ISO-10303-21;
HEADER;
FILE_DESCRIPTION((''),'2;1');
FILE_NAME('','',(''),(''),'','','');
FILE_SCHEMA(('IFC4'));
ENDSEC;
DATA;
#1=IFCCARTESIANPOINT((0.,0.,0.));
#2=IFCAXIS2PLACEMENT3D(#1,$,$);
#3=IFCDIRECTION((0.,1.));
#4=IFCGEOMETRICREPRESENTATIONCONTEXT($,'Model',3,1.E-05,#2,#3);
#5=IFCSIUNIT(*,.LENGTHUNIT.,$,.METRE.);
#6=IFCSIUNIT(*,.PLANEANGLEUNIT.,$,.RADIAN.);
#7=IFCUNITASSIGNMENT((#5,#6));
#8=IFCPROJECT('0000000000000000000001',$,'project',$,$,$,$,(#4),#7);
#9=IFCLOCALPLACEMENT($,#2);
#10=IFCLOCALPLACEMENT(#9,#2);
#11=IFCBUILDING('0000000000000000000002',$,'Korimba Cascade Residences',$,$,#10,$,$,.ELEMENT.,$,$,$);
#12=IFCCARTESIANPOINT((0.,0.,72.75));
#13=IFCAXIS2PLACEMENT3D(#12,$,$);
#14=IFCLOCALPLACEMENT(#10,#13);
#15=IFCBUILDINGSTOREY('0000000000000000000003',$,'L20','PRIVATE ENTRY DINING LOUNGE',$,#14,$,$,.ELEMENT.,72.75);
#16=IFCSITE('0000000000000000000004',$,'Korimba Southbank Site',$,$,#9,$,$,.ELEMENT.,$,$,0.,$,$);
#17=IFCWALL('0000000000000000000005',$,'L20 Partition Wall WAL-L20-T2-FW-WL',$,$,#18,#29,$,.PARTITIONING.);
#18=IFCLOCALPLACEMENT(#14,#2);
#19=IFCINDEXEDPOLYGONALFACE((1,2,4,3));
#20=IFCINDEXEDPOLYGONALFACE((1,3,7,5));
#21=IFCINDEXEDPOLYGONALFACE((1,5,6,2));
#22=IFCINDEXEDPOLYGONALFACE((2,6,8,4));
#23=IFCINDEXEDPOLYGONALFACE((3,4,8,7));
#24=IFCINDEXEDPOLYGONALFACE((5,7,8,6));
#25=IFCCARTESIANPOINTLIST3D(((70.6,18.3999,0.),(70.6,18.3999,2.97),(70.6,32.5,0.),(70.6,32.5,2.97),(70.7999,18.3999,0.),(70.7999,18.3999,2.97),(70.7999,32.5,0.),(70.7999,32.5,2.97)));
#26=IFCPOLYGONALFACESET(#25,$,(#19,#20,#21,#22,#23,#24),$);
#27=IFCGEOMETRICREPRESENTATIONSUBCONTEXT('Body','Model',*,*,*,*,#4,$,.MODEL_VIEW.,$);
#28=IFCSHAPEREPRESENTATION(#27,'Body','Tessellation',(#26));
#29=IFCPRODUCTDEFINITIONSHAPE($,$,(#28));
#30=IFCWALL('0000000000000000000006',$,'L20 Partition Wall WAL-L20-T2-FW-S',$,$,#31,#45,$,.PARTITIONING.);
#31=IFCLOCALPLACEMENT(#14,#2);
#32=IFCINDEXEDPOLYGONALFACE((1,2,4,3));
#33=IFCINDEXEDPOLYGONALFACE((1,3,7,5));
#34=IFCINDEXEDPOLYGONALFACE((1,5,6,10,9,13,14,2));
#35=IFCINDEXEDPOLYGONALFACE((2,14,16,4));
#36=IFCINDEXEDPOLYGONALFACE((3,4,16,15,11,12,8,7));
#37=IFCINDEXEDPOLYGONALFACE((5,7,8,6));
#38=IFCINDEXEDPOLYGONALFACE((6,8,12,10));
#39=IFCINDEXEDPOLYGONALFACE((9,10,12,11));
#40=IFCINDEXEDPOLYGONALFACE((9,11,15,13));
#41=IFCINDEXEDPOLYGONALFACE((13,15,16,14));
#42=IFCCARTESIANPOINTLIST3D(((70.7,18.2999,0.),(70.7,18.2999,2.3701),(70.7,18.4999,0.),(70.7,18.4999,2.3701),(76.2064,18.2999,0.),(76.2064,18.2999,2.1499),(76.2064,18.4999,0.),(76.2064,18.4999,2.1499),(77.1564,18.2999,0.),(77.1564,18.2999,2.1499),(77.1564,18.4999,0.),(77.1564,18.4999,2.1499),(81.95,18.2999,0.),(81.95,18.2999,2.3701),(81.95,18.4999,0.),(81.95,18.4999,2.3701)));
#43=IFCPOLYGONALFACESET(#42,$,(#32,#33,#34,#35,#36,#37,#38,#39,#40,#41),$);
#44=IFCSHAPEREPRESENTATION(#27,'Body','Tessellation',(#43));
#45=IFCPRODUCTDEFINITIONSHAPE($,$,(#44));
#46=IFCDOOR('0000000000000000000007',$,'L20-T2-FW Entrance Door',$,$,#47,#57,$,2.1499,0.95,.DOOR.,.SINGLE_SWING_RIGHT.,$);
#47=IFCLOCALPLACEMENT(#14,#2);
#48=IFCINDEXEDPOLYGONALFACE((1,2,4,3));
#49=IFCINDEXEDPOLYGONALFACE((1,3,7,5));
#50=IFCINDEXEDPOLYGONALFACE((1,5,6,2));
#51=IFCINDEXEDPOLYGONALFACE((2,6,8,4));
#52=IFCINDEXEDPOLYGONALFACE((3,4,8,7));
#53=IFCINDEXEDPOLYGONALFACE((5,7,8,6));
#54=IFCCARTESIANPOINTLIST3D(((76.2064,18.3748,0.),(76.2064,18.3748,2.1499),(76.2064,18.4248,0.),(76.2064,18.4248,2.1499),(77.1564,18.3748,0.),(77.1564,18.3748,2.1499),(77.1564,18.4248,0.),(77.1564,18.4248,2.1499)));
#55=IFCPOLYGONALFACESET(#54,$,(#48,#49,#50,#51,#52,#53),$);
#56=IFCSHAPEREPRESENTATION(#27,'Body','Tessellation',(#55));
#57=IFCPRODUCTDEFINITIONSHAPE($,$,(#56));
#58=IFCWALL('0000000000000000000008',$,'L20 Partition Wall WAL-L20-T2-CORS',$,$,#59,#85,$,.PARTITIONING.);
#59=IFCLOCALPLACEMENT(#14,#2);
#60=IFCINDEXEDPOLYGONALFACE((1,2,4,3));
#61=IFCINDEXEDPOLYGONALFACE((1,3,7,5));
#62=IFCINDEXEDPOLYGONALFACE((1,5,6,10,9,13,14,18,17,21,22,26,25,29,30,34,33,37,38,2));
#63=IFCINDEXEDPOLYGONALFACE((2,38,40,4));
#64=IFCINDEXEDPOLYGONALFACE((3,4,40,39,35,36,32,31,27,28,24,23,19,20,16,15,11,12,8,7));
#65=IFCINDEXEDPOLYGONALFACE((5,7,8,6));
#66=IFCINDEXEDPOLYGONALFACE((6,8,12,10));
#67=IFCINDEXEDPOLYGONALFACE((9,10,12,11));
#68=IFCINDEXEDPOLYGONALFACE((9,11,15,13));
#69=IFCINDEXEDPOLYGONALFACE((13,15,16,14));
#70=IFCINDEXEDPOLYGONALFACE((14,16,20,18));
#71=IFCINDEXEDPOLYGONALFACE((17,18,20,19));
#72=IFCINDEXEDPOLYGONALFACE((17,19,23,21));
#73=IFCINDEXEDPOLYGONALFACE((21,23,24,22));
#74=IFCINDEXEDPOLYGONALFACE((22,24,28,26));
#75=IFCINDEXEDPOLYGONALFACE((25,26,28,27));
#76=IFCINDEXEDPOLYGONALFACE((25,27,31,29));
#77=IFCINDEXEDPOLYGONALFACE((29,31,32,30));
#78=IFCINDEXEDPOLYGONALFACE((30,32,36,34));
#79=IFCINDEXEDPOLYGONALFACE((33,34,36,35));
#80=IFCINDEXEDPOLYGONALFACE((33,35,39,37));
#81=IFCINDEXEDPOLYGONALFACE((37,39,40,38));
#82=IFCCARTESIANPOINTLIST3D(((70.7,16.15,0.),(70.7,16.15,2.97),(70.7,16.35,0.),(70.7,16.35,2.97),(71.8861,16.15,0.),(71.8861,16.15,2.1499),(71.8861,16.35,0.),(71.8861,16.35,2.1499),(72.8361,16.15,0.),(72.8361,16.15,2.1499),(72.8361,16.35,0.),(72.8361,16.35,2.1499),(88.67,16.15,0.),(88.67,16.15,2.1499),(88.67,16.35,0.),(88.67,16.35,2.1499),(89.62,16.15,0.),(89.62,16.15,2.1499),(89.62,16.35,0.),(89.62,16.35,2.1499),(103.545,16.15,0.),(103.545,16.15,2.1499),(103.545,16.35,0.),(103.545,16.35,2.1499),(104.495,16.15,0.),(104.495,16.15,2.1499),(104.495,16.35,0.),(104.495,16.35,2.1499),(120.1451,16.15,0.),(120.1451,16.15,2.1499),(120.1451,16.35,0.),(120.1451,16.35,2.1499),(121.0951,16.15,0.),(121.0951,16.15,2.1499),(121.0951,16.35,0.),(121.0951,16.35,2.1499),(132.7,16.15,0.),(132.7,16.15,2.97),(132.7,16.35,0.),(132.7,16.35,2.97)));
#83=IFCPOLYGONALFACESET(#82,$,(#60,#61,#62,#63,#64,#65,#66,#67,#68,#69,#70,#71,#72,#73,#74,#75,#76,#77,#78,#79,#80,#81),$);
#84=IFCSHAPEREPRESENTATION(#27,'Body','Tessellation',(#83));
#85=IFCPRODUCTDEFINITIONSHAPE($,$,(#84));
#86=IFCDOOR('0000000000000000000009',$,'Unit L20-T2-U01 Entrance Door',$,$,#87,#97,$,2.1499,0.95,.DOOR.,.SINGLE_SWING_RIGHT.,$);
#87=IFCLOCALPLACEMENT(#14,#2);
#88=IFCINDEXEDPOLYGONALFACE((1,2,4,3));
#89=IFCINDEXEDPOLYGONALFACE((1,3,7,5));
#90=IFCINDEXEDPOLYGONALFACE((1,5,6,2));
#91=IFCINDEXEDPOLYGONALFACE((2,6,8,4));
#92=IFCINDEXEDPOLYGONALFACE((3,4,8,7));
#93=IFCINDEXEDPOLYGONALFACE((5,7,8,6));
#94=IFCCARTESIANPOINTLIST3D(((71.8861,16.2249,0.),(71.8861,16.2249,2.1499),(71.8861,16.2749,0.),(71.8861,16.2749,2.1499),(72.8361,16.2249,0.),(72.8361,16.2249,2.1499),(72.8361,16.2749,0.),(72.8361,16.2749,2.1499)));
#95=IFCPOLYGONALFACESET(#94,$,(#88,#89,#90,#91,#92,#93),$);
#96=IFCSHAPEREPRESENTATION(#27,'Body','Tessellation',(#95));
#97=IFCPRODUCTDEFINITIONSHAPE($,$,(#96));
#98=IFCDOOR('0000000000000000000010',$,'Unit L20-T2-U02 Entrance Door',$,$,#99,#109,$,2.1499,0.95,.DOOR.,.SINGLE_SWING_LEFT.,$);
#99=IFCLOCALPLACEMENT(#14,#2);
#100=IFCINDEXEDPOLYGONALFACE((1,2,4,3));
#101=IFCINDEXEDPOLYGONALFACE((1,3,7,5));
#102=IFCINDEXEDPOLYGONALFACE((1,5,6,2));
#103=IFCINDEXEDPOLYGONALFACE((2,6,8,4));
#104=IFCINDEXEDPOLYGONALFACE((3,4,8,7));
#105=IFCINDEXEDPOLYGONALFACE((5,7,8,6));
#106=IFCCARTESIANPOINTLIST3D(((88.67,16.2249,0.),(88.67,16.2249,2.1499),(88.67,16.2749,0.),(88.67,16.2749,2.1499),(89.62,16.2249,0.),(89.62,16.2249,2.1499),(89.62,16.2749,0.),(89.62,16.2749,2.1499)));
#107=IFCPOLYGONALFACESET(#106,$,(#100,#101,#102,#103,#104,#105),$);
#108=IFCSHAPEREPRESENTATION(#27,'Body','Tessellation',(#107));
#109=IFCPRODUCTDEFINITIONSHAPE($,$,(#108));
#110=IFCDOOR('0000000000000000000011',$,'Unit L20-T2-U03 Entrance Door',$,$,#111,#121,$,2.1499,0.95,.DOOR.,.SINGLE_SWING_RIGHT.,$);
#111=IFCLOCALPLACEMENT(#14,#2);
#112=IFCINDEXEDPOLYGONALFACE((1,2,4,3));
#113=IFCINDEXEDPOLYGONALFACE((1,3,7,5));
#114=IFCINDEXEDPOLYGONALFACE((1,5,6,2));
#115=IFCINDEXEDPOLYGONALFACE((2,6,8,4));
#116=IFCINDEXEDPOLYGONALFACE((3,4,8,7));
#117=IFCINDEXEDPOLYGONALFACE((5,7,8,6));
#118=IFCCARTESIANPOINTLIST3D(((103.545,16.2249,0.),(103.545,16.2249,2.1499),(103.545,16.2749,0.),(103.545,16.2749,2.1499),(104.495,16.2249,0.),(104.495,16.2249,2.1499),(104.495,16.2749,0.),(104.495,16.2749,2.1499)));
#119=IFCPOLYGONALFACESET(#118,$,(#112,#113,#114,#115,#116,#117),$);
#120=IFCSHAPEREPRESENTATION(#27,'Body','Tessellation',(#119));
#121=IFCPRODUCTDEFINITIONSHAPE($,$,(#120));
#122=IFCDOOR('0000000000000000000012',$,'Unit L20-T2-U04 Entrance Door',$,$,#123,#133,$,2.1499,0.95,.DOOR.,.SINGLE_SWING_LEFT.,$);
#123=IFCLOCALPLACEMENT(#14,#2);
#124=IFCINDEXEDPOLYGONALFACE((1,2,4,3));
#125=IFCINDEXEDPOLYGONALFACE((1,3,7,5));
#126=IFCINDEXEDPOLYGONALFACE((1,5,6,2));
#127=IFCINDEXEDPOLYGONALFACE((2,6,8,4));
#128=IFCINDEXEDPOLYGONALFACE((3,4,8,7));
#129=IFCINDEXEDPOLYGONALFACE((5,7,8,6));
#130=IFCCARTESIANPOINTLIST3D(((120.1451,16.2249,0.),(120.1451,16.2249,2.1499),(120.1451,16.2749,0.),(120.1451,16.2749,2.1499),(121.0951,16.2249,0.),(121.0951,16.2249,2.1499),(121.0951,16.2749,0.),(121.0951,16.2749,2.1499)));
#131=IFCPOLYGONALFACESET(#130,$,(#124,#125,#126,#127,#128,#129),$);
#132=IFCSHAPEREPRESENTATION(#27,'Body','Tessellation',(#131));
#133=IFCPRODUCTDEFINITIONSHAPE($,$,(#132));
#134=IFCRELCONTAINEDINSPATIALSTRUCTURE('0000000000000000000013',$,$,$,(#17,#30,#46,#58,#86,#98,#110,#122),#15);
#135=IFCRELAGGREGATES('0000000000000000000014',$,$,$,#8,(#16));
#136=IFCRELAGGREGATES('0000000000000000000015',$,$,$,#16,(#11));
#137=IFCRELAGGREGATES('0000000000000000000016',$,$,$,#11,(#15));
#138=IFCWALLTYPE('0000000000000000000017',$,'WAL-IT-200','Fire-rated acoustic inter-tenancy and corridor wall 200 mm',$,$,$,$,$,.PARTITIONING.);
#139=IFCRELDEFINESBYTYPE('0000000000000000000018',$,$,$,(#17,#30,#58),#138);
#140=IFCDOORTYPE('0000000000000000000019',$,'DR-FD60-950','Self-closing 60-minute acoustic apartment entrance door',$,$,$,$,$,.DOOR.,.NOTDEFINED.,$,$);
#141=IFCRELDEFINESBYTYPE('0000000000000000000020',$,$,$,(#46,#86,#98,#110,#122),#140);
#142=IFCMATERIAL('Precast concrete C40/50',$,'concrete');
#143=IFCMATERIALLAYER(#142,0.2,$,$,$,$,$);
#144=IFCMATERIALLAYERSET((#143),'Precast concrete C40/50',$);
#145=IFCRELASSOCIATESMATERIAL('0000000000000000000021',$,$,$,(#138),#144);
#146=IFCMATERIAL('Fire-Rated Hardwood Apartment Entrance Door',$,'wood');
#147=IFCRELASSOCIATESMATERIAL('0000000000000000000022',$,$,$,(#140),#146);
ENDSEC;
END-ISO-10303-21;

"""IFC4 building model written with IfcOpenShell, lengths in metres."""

from ifc_helpers import new_model, si_unit, direction, frame, frame_2d, origin, place, context, subcontext, project, spatial, rectangle, extrude, material, layer, layer_set, type_object, element, fill, save


model = new_model("IFC4")

# Units and contexts
model_context = context("Model", 3, precision=1e-05, world=origin(), true_north=direction((0.0, 1.0)))
body_context = subcontext(model_context, "Body", "Model", "MODEL_VIEW")
ifc_project = project(units=[si_unit("LENGTHUNIT", "METRE"), si_unit("PLANEANGLEUNIT", "RADIAN")], contexts=[model_context])

# Site, building, storey
site_placement = place(None, origin())
site = spatial("IfcSite", under=ifc_project, at=site_placement, Name="Korimba Southbank Site", CompositionType="ELEMENT", RefElevation=0.0)
building_placement = place(site_placement, origin())
building = spatial("IfcBuilding", under=site, at=building_placement, Name="Korimba Cascade Residences", CompositionType="ELEMENT")
storey_placement = place(building_placement, frame((0.0, 0.0, 72.75)))
storey = spatial("IfcBuildingStorey", under=building, at=storey_placement, Name="L20", Description="PRIVATE ENTRY DINING LOUNGE", CompositionType="ELEMENT", Elevation=72.75)

# Wall
ifc_material_1 = material(Name="Precast concrete C40/50", Category="concrete")
ifc_layer_1 = layer(ifc_material_1, 0.2)
ifc_layer_set_1 = layer_set([ifc_layer_1], Name="Precast concrete C40/50")
wall_type_1 = type_object("IfcWallType", Name="WAL-IT-200", Description="Fire-rated acoustic inter-tenancy and corridor wall 200 mm", PredefinedType="PARTITIONING", material=ifc_layer_set_1)
wall_1_placement = place(storey_placement, frame((70.7, 18.3999, 0.0), z_axis=(0.0, 0.0, 1.0), x_axis=(0.0, 1.0, 0.0)))
element("IfcWall", 1, at=wall_1_placement, inside=storey, type_object=wall_type_1, Name="L20 Partition Wall WAL-L20-T2-FW-WL", PredefinedType="PARTITIONING", context=body_context, shape_type="SweptSolid", body=[
    extrude(rectangle(XDim=14.1001, YDim=0.2, at=frame_2d((7.05, 0.0))), origin(), (0.0, 0.0, 1.0), 2.97),
])

# Wall, opening, door
wall_2_placement = place(storey_placement, frame((70.7, 18.3999, 0.0), z_axis=(0.0, 0.0, 1.0), x_axis=(1.0, 0.0, 0.0)))
wall_2 = element("IfcWall", 2, at=wall_2_placement, inside=storey, type_object=wall_type_1, Name="L20 Partition Wall WAL-L20-T2-FW-S", PredefinedType="PARTITIONING", context=body_context, shape_type="SweptSolid", body=[
    extrude(rectangle(XDim=11.25, YDim=0.2, at=frame_2d((5.625, 0.0))), origin(), (0.0, 0.0, 1.0), 2.3701),
])
opening_1_placement = place(wall_2_placement, frame((5.5063, 0.0, 0.0)))
opening_1 = element("IfcOpeningElement", 3, at=opening_1_placement, cuts=wall_2, PredefinedType="OPENING", context=body_context, shape_type="SweptSolid", body=[
    extrude(rectangle(XDim=0.95, YDim=2.1499, at=frame_2d((0.4751, 1.075))), frame((0.0, 0.1099, 0.0), z_axis=(0.0, -1.0, 0.0), x_axis=(1.0, 0.0, 0.0)), (0.0, 0.0, 1.0), 0.22),
])
ifc_material_2 = material(Name="Fire-Rated Hardwood Apartment Entrance Door", Category="wood")
door_type_1 = type_object("IfcDoorType", Name="DR-FD60-950", Description="Self-closing 60-minute acoustic apartment entrance door", OperationType="NOTDEFINED", PredefinedType="DOOR", material=ifc_material_2)
door_1_placement = place(opening_1_placement, origin())
door_1 = element("IfcDoor", 4, at=door_1_placement, inside=storey, type_object=door_type_1, Name="L20-T2-FW Entrance Door", OperationType="SINGLE_SWING_RIGHT", OverallHeight=2.1499, OverallWidth=0.95, PredefinedType="DOOR", context=body_context, shape_type="SweptSolid", body=[
    extrude(rectangle(XDim=0.95, YDim=2.1499, at=frame_2d((0.4751, 1.075))), frame((0.0, 0.0249, 0.0), z_axis=(0.0, -1.0, 0.0), x_axis=(1.0, 0.0, 0.0)), (0.0, 0.0, 1.0), 0.05),
])
fill(opening_1, door_1)

# Wall, openings, doors
wall_3_placement = place(storey_placement, frame((70.7, 16.25, 0.0), z_axis=(0.0, 0.0, 1.0), x_axis=(1.0, 0.0, 0.0)))
wall_3 = element("IfcWall", 5, at=wall_3_placement, inside=storey, type_object=wall_type_1, Name="L20 Partition Wall WAL-L20-T2-CORS", PredefinedType="PARTITIONING", context=body_context, shape_type="SweptSolid", body=[
    extrude(rectangle(XDim=62.0, YDim=0.2, at=frame_2d((31.0, 0.0))), origin(), (0.0, 0.0, 1.0), 2.97),
])
opening_2_placement = place(wall_3_placement, frame((1.186, 0.0, 0.0)))
opening_2 = element("IfcOpeningElement", 6, at=opening_2_placement, cuts=wall_3, PredefinedType="OPENING", context=body_context, shape_type="SweptSolid", body=[
    extrude(rectangle(XDim=0.95, YDim=2.1499, at=frame_2d((0.4751, 1.075))), frame((0.0, 0.1099, 0.0), z_axis=(0.0, -1.0, 0.0), x_axis=(1.0, 0.0, 0.0)), (0.0, 0.0, 1.0), 0.22),
])
opening_3_placement = place(wall_3_placement, frame((17.97, 0.0, 0.0)))
opening_3 = element("IfcOpeningElement", 7, at=opening_3_placement, cuts=wall_3, PredefinedType="OPENING", context=body_context, shape_type="SweptSolid", body=[
    extrude(rectangle(XDim=0.95, YDim=2.1499, at=frame_2d((0.4751, 1.075))), frame((0.0, 0.1099, 0.0), z_axis=(0.0, -1.0, 0.0), x_axis=(1.0, 0.0, 0.0)), (0.0, 0.0, 1.0), 0.22),
])
opening_4_placement = place(wall_3_placement, frame((32.845, 0.0, 0.0)))
opening_4 = element("IfcOpeningElement", 8, at=opening_4_placement, cuts=wall_3, PredefinedType="OPENING", context=body_context, shape_type="SweptSolid", body=[
    extrude(rectangle(XDim=0.95, YDim=2.1499, at=frame_2d((0.4751, 1.075))), frame((0.0, 0.1099, 0.0), z_axis=(0.0, -1.0, 0.0), x_axis=(1.0, 0.0, 0.0)), (0.0, 0.0, 1.0), 0.22),
])
opening_5_placement = place(wall_3_placement, frame((49.4451, 0.0, 0.0)))
opening_5 = element("IfcOpeningElement", 9, at=opening_5_placement, cuts=wall_3, PredefinedType="OPENING", context=body_context, shape_type="SweptSolid", body=[
    extrude(rectangle(XDim=0.95, YDim=2.1499, at=frame_2d((0.4751, 1.075))), frame((0.0, 0.1099, 0.0), z_axis=(0.0, -1.0, 0.0), x_axis=(1.0, 0.0, 0.0)), (0.0, 0.0, 1.0), 0.22),
])
door_2_placement = place(opening_2_placement, origin())
door_2 = element("IfcDoor", 10, at=door_2_placement, inside=storey, type_object=door_type_1, Name="Unit L20-T2-U01 Entrance Door", OperationType="SINGLE_SWING_RIGHT", OverallHeight=2.1499, OverallWidth=0.95, PredefinedType="DOOR", context=body_context, shape_type="SweptSolid", body=[
    extrude(rectangle(XDim=0.95, YDim=2.1499, at=frame_2d((0.4751, 1.075))), frame((0.0, 0.0249, 0.0), z_axis=(0.0, -1.0, 0.0), x_axis=(1.0, 0.0, 0.0)), (0.0, 0.0, 1.0), 0.05),
])
fill(opening_2, door_2)
door_3_placement = place(opening_3_placement, origin())
door_3 = element("IfcDoor", 11, at=door_3_placement, inside=storey, type_object=door_type_1, Name="Unit L20-T2-U02 Entrance Door", OperationType="SINGLE_SWING_LEFT", OverallHeight=2.1499, OverallWidth=0.95, PredefinedType="DOOR", context=body_context, shape_type="SweptSolid", body=[
    extrude(rectangle(XDim=0.95, YDim=2.1499, at=frame_2d((0.4751, 1.075))), frame((0.0, 0.0249, 0.0), z_axis=(0.0, -1.0, 0.0), x_axis=(1.0, 0.0, 0.0)), (0.0, 0.0, 1.0), 0.05),
])
fill(opening_3, door_3)
door_4_placement = place(opening_4_placement, origin())
door_4 = element("IfcDoor", 12, at=door_4_placement, inside=storey, type_object=door_type_1, Name="Unit L20-T2-U03 Entrance Door", OperationType="SINGLE_SWING_RIGHT", OverallHeight=2.1499, OverallWidth=0.95, PredefinedType="DOOR", context=body_context, shape_type="SweptSolid", body=[
    extrude(rectangle(XDim=0.95, YDim=2.1499, at=frame_2d((0.4751, 1.075))), frame((0.0, 0.0249, 0.0), z_axis=(0.0, -1.0, 0.0), x_axis=(1.0, 0.0, 0.0)), (0.0, 0.0, 1.0), 0.05),
])
fill(opening_4, door_4)
door_5_placement = place(opening_5_placement, origin())
door_5 = element("IfcDoor", 13, at=door_5_placement, inside=storey, type_object=door_type_1, Name="Unit L20-T2-U04 Entrance Door", OperationType="SINGLE_SWING_LEFT", OverallHeight=2.1499, OverallWidth=0.95, PredefinedType="DOOR", context=body_context, shape_type="SweptSolid", body=[
    extrude(rectangle(XDim=0.95, YDim=2.1499, at=frame_2d((0.4751, 1.075))), frame((0.0, 0.0249, 0.0), z_axis=(0.0, -1.0, 0.0), x_axis=(1.0, 0.0, 0.0)), (0.0, 0.0, 1.0), 0.05),
])
fill(opening_5, door_5)

save(model, "model.ifc")
